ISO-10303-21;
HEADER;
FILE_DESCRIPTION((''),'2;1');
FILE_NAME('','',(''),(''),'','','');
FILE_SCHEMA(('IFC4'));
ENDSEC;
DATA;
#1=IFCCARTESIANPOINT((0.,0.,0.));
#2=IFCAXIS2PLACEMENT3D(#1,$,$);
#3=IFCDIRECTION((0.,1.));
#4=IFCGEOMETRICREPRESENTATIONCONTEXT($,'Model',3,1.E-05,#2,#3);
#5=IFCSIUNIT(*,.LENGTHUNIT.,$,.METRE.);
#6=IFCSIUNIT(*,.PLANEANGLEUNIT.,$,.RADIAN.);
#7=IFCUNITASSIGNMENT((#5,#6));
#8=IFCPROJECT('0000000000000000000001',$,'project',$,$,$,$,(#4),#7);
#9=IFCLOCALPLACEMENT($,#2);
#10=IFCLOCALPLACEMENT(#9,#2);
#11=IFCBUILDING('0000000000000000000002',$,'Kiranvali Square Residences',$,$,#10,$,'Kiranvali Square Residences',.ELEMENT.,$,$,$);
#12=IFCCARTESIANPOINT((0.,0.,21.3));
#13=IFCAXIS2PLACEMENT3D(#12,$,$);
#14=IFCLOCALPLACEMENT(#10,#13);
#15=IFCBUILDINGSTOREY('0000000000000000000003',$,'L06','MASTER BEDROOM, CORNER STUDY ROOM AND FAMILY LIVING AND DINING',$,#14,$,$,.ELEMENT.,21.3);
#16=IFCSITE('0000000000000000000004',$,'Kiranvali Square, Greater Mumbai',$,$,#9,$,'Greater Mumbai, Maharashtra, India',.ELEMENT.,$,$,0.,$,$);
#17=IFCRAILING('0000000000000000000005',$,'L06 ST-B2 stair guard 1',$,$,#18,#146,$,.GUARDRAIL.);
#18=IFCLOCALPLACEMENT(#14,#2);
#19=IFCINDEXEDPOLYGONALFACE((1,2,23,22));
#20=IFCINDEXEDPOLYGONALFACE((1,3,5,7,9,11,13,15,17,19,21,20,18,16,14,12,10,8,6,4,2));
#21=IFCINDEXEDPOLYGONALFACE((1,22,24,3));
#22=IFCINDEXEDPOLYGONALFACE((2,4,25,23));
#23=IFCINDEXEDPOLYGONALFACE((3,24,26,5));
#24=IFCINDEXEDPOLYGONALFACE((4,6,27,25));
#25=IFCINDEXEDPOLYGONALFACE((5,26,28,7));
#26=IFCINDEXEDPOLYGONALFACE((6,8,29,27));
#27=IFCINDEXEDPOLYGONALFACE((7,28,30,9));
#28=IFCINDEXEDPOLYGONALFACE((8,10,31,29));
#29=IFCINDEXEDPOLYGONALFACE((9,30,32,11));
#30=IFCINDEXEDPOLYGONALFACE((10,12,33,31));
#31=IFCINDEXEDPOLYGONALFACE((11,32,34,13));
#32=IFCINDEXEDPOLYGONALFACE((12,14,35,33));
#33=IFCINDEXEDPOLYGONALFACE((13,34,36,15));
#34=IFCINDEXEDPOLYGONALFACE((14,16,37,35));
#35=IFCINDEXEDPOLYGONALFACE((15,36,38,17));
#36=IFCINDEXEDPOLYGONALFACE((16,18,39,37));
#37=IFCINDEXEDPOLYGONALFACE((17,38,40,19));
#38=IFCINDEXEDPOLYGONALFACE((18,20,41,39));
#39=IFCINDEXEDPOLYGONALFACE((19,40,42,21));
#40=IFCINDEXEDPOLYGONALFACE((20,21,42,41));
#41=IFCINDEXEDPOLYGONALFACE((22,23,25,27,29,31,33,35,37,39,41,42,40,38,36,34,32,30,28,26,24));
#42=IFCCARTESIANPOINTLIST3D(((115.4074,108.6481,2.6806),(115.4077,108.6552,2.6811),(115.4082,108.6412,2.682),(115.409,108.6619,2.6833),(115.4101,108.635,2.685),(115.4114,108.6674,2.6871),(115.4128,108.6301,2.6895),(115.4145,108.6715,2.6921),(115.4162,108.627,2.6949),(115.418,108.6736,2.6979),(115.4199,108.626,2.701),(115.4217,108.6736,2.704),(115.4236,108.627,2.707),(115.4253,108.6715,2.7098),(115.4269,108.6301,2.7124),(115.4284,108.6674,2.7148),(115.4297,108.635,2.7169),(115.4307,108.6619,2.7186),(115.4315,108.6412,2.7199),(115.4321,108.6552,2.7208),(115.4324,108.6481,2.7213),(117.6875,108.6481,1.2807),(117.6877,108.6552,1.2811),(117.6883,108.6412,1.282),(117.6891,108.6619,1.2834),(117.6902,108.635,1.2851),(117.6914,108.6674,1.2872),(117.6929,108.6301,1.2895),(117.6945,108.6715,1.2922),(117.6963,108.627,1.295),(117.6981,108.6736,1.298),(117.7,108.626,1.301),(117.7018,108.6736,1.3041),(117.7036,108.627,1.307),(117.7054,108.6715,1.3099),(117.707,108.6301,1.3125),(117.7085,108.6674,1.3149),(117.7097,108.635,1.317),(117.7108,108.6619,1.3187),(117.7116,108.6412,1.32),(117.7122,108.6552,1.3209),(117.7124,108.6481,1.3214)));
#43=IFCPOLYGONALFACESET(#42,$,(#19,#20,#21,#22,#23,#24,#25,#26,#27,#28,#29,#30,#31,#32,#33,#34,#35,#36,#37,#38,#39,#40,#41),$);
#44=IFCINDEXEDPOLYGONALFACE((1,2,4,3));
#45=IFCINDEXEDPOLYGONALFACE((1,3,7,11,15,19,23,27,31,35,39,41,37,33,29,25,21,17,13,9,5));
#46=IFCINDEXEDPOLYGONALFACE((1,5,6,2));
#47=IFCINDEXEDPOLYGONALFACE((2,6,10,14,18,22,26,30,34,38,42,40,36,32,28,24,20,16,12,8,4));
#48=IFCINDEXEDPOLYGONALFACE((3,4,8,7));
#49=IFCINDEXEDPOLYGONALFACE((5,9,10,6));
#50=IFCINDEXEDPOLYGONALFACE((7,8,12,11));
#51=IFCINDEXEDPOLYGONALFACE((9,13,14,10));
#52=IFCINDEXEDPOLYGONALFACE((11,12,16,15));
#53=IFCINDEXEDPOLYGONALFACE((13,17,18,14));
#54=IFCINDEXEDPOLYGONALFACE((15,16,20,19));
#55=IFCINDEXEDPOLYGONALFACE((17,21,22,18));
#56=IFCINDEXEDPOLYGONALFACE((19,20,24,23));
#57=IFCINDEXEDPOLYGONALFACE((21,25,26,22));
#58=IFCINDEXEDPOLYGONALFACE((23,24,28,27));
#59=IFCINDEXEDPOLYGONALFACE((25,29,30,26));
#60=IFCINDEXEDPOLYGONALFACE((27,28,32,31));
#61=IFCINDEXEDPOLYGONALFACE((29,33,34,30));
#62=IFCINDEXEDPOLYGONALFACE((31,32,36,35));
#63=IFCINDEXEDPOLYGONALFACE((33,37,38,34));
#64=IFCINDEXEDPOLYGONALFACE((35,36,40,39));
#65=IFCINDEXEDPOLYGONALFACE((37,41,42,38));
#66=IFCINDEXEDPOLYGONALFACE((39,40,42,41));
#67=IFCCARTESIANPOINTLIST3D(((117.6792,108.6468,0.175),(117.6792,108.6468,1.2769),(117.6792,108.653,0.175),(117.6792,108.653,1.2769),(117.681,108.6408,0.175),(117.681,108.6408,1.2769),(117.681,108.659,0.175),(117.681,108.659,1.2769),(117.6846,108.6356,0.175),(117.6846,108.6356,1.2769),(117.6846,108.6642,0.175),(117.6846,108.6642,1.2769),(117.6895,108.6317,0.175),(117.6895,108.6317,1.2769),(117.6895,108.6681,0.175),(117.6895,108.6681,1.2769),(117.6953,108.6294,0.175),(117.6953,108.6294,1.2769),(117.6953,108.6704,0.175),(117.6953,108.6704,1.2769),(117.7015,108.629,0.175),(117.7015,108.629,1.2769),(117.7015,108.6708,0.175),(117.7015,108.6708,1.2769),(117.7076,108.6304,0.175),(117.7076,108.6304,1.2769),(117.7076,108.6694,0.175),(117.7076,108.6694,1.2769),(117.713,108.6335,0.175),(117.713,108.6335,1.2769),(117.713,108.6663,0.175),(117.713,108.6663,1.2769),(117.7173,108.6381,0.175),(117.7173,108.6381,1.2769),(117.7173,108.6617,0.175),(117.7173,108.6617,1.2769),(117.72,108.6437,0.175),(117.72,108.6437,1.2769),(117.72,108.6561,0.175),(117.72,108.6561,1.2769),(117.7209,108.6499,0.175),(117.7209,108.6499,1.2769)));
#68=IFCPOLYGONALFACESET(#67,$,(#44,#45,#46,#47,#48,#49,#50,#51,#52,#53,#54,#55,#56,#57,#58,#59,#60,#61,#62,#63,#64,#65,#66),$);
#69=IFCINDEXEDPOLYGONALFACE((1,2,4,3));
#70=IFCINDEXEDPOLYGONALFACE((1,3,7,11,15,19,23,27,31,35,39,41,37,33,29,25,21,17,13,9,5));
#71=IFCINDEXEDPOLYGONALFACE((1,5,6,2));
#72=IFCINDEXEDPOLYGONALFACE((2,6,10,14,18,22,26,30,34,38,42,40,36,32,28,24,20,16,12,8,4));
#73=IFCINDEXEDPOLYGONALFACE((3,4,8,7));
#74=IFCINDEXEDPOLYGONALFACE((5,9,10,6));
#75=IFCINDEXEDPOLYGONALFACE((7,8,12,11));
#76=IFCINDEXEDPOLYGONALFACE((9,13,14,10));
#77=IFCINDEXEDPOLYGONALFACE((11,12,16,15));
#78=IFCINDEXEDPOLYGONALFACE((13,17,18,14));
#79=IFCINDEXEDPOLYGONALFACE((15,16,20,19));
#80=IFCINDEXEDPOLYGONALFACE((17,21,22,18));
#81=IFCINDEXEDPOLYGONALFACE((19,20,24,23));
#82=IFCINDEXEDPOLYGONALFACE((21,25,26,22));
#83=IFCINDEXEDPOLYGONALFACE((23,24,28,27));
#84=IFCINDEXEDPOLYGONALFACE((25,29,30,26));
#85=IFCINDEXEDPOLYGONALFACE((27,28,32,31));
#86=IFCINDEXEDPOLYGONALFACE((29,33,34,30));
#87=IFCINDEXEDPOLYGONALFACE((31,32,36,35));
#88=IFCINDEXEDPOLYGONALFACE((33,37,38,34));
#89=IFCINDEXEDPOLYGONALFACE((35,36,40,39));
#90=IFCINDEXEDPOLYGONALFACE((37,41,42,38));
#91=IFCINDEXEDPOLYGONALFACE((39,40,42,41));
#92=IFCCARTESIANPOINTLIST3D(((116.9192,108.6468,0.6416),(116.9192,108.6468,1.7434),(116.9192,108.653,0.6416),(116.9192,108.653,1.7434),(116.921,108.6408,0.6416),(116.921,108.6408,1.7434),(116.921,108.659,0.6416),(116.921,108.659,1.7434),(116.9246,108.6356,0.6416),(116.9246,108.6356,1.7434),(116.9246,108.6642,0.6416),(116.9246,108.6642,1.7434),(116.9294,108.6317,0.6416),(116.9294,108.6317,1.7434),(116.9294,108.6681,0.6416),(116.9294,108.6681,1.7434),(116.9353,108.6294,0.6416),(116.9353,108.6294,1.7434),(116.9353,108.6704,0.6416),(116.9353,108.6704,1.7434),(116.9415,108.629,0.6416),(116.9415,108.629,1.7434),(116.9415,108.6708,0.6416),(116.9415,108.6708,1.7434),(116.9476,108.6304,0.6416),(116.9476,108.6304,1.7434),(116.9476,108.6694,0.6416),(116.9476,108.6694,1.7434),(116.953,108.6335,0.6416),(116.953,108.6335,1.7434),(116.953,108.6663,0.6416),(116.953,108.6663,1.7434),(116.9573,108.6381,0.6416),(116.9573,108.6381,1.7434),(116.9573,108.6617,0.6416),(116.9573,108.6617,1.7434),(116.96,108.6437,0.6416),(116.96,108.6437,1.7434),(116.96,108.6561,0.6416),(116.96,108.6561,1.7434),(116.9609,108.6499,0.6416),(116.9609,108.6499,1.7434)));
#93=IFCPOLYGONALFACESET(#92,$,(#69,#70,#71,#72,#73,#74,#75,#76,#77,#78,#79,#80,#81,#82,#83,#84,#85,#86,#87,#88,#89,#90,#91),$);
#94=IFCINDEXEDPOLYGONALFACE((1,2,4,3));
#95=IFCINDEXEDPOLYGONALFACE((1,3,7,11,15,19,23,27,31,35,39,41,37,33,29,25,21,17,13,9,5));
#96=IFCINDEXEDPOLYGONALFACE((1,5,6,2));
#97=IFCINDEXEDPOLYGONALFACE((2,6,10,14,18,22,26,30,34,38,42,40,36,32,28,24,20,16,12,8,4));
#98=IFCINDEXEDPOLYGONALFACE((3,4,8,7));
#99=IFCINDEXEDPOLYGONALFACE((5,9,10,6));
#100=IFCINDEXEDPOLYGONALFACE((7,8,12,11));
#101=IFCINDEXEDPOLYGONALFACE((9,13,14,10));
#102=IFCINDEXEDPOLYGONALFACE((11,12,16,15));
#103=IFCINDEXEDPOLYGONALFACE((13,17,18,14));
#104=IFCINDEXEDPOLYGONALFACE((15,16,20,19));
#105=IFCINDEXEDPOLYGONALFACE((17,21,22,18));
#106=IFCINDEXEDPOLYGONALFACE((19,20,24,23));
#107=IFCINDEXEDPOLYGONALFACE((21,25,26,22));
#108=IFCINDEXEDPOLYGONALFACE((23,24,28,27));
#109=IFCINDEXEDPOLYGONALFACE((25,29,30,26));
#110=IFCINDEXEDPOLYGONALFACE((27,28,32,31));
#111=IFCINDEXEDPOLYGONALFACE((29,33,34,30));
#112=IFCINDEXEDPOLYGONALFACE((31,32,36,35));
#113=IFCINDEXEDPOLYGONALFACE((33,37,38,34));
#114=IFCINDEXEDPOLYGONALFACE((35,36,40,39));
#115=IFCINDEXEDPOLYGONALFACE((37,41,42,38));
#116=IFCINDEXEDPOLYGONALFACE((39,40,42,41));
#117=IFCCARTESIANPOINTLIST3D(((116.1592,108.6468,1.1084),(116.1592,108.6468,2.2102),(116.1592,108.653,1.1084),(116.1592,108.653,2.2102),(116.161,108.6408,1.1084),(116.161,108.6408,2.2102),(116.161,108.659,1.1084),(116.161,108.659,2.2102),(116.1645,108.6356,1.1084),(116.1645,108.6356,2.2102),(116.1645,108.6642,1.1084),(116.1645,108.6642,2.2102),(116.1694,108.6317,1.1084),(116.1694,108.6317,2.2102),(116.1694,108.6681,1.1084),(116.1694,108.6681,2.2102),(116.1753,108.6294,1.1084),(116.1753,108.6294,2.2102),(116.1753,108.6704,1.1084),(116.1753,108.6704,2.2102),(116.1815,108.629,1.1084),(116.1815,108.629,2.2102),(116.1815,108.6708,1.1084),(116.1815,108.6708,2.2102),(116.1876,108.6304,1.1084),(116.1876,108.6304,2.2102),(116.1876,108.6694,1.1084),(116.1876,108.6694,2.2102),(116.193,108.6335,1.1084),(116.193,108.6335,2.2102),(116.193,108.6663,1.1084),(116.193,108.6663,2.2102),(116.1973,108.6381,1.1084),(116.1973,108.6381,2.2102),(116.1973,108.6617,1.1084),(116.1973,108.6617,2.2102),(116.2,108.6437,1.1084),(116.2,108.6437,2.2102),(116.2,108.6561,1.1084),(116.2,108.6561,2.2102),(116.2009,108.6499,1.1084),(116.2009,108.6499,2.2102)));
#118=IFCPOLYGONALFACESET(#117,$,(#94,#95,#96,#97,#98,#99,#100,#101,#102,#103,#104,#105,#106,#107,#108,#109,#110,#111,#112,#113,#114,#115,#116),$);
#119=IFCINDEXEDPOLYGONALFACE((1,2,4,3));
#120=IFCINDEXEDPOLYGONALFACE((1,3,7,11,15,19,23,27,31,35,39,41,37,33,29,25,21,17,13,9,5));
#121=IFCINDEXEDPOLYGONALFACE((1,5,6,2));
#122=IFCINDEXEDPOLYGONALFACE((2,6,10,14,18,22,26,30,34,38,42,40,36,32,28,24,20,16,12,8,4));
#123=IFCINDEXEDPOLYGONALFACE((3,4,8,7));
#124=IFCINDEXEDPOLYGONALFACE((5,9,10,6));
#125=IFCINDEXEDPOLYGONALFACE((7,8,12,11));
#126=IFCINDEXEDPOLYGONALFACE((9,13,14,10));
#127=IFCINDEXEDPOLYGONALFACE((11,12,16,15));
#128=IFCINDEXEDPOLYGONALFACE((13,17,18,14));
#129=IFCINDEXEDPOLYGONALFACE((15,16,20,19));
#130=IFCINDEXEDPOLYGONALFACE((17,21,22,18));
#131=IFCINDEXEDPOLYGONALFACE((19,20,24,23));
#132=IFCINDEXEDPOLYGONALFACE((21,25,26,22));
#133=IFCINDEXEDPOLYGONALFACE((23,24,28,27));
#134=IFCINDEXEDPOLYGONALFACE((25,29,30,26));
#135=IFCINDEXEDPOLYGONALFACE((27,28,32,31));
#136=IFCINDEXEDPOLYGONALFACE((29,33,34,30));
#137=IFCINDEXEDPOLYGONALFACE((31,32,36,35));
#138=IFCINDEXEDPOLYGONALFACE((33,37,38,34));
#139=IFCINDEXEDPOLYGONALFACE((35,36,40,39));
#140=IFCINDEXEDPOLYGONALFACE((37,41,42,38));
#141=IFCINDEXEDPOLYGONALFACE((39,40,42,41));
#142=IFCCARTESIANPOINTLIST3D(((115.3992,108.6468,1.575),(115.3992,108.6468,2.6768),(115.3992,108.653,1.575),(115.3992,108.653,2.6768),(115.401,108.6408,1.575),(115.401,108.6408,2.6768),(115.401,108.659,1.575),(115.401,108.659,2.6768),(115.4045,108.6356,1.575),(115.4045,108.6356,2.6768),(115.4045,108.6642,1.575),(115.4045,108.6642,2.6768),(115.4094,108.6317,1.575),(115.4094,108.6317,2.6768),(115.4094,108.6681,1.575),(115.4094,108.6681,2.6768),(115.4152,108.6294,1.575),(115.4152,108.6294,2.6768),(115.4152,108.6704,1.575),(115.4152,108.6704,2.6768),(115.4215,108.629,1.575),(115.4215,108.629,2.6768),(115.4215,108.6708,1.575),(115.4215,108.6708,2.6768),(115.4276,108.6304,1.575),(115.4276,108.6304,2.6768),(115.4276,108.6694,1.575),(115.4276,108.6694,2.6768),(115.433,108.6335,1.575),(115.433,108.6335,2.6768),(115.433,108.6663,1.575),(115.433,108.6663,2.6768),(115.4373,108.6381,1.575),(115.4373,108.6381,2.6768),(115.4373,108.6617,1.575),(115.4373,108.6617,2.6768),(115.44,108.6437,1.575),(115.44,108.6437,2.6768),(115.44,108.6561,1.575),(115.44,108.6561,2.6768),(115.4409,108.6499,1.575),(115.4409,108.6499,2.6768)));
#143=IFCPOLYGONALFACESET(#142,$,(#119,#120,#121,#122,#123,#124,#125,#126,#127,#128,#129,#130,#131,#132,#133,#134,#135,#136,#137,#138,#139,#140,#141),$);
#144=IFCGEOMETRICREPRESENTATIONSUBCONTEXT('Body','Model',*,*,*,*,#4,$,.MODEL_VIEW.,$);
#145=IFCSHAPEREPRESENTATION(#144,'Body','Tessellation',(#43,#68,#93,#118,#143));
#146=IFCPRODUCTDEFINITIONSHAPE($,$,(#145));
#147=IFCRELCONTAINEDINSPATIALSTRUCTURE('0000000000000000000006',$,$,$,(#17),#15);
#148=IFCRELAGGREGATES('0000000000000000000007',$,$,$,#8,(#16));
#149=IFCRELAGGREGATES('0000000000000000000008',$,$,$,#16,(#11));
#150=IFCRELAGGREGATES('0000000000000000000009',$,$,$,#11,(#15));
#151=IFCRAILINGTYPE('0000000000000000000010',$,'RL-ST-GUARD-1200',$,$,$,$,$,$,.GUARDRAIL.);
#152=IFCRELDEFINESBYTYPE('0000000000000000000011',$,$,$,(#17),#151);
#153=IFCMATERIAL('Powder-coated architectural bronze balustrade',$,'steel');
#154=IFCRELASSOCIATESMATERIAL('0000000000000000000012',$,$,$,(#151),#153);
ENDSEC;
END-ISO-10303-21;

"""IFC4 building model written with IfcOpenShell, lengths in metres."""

from ifc_helpers import new_model, si_unit, direction, frame, origin, origin_2d, place, context, subcontext, project, spatial, circle, extrude, material, type_object, element, save


model = new_model("IFC4")

# Units and contexts
model_context = context("Model", 3, precision=1e-05, world=origin(), true_north=direction((0.0, 1.0)))
body_context = subcontext(model_context, "Body", "Model", "MODEL_VIEW")
ifc_project = project(units=[si_unit("LENGTHUNIT", "METRE"), si_unit("PLANEANGLEUNIT", "RADIAN")], contexts=[model_context])

# Site, building, storey
site_placement = place(None, origin())
site = spatial("IfcSite", under=ifc_project, at=site_placement, Name="Kiranvali Square, Greater Mumbai", LongName="Greater Mumbai, Maharashtra, India", CompositionType="ELEMENT", RefElevation=0.0)
building_placement = place(site_placement, origin())
building = spatial("IfcBuilding", under=site, at=building_placement, Name="Kiranvali Square Residences", LongName="Kiranvali Square Residences", CompositionType="ELEMENT")
storey_placement = place(building_placement, frame((0.0, 0.0, 21.3)))
storey = spatial("IfcBuildingStorey", under=building, at=storey_placement, Name="L06", Description="MASTER BEDROOM, CORNER STUDY ROOM AND FAMILY LIVING AND DINING", CompositionType="ELEMENT", Elevation=21.3)

# Railing
ifc_material_1 = material(Name="Powder-coated architectural bronze balustrade", Category="steel")
railing_type_1 = type_object("IfcRailingType", Name="RL-ST-GUARD-1200", PredefinedType="GUARDRAIL", material=ifc_material_1)
railing_1_placement = place(storey_placement, frame((117.7, 108.6499, 0.175)))
element("IfcRailing", 1, at=railing_1_placement, inside=storey, type_object=railing_type_1, Name="L06 ST-B2 stair guard 1", PredefinedType="GUARDRAIL", context=body_context, shape_type="SweptSolid", body=[
    extrude(circle(Radius=0.0239, at=origin_2d()), frame((0.0, 0.0, 1.126), z_axis=(-0.85219, 0.0, 0.523232), x_axis=(0.0, -1.0, 0.0)), (0.0, 0.0, 1.0), 2.6755),
    extrude(circle(Radius=0.021, at=origin_2d()), origin(), (0.0, 0.0, 1.0), 1.1018),
    extrude(circle(Radius=0.021, at=origin_2d()), frame((-0.76, 0.0, 0.4666)), (0.0, 0.0, 1.0), 1.1018),
    extrude(circle(Radius=0.021, at=origin_2d()), frame((-1.52, 0.0, 0.9333)), (0.0, 0.0, 1.0), 1.1018),
    extrude(circle(Radius=0.021, at=origin_2d()), frame((-2.28, 0.0, 1.3999)), (0.0, 0.0, 1.0), 1.1018),
])

save(model, "model.ifc")
